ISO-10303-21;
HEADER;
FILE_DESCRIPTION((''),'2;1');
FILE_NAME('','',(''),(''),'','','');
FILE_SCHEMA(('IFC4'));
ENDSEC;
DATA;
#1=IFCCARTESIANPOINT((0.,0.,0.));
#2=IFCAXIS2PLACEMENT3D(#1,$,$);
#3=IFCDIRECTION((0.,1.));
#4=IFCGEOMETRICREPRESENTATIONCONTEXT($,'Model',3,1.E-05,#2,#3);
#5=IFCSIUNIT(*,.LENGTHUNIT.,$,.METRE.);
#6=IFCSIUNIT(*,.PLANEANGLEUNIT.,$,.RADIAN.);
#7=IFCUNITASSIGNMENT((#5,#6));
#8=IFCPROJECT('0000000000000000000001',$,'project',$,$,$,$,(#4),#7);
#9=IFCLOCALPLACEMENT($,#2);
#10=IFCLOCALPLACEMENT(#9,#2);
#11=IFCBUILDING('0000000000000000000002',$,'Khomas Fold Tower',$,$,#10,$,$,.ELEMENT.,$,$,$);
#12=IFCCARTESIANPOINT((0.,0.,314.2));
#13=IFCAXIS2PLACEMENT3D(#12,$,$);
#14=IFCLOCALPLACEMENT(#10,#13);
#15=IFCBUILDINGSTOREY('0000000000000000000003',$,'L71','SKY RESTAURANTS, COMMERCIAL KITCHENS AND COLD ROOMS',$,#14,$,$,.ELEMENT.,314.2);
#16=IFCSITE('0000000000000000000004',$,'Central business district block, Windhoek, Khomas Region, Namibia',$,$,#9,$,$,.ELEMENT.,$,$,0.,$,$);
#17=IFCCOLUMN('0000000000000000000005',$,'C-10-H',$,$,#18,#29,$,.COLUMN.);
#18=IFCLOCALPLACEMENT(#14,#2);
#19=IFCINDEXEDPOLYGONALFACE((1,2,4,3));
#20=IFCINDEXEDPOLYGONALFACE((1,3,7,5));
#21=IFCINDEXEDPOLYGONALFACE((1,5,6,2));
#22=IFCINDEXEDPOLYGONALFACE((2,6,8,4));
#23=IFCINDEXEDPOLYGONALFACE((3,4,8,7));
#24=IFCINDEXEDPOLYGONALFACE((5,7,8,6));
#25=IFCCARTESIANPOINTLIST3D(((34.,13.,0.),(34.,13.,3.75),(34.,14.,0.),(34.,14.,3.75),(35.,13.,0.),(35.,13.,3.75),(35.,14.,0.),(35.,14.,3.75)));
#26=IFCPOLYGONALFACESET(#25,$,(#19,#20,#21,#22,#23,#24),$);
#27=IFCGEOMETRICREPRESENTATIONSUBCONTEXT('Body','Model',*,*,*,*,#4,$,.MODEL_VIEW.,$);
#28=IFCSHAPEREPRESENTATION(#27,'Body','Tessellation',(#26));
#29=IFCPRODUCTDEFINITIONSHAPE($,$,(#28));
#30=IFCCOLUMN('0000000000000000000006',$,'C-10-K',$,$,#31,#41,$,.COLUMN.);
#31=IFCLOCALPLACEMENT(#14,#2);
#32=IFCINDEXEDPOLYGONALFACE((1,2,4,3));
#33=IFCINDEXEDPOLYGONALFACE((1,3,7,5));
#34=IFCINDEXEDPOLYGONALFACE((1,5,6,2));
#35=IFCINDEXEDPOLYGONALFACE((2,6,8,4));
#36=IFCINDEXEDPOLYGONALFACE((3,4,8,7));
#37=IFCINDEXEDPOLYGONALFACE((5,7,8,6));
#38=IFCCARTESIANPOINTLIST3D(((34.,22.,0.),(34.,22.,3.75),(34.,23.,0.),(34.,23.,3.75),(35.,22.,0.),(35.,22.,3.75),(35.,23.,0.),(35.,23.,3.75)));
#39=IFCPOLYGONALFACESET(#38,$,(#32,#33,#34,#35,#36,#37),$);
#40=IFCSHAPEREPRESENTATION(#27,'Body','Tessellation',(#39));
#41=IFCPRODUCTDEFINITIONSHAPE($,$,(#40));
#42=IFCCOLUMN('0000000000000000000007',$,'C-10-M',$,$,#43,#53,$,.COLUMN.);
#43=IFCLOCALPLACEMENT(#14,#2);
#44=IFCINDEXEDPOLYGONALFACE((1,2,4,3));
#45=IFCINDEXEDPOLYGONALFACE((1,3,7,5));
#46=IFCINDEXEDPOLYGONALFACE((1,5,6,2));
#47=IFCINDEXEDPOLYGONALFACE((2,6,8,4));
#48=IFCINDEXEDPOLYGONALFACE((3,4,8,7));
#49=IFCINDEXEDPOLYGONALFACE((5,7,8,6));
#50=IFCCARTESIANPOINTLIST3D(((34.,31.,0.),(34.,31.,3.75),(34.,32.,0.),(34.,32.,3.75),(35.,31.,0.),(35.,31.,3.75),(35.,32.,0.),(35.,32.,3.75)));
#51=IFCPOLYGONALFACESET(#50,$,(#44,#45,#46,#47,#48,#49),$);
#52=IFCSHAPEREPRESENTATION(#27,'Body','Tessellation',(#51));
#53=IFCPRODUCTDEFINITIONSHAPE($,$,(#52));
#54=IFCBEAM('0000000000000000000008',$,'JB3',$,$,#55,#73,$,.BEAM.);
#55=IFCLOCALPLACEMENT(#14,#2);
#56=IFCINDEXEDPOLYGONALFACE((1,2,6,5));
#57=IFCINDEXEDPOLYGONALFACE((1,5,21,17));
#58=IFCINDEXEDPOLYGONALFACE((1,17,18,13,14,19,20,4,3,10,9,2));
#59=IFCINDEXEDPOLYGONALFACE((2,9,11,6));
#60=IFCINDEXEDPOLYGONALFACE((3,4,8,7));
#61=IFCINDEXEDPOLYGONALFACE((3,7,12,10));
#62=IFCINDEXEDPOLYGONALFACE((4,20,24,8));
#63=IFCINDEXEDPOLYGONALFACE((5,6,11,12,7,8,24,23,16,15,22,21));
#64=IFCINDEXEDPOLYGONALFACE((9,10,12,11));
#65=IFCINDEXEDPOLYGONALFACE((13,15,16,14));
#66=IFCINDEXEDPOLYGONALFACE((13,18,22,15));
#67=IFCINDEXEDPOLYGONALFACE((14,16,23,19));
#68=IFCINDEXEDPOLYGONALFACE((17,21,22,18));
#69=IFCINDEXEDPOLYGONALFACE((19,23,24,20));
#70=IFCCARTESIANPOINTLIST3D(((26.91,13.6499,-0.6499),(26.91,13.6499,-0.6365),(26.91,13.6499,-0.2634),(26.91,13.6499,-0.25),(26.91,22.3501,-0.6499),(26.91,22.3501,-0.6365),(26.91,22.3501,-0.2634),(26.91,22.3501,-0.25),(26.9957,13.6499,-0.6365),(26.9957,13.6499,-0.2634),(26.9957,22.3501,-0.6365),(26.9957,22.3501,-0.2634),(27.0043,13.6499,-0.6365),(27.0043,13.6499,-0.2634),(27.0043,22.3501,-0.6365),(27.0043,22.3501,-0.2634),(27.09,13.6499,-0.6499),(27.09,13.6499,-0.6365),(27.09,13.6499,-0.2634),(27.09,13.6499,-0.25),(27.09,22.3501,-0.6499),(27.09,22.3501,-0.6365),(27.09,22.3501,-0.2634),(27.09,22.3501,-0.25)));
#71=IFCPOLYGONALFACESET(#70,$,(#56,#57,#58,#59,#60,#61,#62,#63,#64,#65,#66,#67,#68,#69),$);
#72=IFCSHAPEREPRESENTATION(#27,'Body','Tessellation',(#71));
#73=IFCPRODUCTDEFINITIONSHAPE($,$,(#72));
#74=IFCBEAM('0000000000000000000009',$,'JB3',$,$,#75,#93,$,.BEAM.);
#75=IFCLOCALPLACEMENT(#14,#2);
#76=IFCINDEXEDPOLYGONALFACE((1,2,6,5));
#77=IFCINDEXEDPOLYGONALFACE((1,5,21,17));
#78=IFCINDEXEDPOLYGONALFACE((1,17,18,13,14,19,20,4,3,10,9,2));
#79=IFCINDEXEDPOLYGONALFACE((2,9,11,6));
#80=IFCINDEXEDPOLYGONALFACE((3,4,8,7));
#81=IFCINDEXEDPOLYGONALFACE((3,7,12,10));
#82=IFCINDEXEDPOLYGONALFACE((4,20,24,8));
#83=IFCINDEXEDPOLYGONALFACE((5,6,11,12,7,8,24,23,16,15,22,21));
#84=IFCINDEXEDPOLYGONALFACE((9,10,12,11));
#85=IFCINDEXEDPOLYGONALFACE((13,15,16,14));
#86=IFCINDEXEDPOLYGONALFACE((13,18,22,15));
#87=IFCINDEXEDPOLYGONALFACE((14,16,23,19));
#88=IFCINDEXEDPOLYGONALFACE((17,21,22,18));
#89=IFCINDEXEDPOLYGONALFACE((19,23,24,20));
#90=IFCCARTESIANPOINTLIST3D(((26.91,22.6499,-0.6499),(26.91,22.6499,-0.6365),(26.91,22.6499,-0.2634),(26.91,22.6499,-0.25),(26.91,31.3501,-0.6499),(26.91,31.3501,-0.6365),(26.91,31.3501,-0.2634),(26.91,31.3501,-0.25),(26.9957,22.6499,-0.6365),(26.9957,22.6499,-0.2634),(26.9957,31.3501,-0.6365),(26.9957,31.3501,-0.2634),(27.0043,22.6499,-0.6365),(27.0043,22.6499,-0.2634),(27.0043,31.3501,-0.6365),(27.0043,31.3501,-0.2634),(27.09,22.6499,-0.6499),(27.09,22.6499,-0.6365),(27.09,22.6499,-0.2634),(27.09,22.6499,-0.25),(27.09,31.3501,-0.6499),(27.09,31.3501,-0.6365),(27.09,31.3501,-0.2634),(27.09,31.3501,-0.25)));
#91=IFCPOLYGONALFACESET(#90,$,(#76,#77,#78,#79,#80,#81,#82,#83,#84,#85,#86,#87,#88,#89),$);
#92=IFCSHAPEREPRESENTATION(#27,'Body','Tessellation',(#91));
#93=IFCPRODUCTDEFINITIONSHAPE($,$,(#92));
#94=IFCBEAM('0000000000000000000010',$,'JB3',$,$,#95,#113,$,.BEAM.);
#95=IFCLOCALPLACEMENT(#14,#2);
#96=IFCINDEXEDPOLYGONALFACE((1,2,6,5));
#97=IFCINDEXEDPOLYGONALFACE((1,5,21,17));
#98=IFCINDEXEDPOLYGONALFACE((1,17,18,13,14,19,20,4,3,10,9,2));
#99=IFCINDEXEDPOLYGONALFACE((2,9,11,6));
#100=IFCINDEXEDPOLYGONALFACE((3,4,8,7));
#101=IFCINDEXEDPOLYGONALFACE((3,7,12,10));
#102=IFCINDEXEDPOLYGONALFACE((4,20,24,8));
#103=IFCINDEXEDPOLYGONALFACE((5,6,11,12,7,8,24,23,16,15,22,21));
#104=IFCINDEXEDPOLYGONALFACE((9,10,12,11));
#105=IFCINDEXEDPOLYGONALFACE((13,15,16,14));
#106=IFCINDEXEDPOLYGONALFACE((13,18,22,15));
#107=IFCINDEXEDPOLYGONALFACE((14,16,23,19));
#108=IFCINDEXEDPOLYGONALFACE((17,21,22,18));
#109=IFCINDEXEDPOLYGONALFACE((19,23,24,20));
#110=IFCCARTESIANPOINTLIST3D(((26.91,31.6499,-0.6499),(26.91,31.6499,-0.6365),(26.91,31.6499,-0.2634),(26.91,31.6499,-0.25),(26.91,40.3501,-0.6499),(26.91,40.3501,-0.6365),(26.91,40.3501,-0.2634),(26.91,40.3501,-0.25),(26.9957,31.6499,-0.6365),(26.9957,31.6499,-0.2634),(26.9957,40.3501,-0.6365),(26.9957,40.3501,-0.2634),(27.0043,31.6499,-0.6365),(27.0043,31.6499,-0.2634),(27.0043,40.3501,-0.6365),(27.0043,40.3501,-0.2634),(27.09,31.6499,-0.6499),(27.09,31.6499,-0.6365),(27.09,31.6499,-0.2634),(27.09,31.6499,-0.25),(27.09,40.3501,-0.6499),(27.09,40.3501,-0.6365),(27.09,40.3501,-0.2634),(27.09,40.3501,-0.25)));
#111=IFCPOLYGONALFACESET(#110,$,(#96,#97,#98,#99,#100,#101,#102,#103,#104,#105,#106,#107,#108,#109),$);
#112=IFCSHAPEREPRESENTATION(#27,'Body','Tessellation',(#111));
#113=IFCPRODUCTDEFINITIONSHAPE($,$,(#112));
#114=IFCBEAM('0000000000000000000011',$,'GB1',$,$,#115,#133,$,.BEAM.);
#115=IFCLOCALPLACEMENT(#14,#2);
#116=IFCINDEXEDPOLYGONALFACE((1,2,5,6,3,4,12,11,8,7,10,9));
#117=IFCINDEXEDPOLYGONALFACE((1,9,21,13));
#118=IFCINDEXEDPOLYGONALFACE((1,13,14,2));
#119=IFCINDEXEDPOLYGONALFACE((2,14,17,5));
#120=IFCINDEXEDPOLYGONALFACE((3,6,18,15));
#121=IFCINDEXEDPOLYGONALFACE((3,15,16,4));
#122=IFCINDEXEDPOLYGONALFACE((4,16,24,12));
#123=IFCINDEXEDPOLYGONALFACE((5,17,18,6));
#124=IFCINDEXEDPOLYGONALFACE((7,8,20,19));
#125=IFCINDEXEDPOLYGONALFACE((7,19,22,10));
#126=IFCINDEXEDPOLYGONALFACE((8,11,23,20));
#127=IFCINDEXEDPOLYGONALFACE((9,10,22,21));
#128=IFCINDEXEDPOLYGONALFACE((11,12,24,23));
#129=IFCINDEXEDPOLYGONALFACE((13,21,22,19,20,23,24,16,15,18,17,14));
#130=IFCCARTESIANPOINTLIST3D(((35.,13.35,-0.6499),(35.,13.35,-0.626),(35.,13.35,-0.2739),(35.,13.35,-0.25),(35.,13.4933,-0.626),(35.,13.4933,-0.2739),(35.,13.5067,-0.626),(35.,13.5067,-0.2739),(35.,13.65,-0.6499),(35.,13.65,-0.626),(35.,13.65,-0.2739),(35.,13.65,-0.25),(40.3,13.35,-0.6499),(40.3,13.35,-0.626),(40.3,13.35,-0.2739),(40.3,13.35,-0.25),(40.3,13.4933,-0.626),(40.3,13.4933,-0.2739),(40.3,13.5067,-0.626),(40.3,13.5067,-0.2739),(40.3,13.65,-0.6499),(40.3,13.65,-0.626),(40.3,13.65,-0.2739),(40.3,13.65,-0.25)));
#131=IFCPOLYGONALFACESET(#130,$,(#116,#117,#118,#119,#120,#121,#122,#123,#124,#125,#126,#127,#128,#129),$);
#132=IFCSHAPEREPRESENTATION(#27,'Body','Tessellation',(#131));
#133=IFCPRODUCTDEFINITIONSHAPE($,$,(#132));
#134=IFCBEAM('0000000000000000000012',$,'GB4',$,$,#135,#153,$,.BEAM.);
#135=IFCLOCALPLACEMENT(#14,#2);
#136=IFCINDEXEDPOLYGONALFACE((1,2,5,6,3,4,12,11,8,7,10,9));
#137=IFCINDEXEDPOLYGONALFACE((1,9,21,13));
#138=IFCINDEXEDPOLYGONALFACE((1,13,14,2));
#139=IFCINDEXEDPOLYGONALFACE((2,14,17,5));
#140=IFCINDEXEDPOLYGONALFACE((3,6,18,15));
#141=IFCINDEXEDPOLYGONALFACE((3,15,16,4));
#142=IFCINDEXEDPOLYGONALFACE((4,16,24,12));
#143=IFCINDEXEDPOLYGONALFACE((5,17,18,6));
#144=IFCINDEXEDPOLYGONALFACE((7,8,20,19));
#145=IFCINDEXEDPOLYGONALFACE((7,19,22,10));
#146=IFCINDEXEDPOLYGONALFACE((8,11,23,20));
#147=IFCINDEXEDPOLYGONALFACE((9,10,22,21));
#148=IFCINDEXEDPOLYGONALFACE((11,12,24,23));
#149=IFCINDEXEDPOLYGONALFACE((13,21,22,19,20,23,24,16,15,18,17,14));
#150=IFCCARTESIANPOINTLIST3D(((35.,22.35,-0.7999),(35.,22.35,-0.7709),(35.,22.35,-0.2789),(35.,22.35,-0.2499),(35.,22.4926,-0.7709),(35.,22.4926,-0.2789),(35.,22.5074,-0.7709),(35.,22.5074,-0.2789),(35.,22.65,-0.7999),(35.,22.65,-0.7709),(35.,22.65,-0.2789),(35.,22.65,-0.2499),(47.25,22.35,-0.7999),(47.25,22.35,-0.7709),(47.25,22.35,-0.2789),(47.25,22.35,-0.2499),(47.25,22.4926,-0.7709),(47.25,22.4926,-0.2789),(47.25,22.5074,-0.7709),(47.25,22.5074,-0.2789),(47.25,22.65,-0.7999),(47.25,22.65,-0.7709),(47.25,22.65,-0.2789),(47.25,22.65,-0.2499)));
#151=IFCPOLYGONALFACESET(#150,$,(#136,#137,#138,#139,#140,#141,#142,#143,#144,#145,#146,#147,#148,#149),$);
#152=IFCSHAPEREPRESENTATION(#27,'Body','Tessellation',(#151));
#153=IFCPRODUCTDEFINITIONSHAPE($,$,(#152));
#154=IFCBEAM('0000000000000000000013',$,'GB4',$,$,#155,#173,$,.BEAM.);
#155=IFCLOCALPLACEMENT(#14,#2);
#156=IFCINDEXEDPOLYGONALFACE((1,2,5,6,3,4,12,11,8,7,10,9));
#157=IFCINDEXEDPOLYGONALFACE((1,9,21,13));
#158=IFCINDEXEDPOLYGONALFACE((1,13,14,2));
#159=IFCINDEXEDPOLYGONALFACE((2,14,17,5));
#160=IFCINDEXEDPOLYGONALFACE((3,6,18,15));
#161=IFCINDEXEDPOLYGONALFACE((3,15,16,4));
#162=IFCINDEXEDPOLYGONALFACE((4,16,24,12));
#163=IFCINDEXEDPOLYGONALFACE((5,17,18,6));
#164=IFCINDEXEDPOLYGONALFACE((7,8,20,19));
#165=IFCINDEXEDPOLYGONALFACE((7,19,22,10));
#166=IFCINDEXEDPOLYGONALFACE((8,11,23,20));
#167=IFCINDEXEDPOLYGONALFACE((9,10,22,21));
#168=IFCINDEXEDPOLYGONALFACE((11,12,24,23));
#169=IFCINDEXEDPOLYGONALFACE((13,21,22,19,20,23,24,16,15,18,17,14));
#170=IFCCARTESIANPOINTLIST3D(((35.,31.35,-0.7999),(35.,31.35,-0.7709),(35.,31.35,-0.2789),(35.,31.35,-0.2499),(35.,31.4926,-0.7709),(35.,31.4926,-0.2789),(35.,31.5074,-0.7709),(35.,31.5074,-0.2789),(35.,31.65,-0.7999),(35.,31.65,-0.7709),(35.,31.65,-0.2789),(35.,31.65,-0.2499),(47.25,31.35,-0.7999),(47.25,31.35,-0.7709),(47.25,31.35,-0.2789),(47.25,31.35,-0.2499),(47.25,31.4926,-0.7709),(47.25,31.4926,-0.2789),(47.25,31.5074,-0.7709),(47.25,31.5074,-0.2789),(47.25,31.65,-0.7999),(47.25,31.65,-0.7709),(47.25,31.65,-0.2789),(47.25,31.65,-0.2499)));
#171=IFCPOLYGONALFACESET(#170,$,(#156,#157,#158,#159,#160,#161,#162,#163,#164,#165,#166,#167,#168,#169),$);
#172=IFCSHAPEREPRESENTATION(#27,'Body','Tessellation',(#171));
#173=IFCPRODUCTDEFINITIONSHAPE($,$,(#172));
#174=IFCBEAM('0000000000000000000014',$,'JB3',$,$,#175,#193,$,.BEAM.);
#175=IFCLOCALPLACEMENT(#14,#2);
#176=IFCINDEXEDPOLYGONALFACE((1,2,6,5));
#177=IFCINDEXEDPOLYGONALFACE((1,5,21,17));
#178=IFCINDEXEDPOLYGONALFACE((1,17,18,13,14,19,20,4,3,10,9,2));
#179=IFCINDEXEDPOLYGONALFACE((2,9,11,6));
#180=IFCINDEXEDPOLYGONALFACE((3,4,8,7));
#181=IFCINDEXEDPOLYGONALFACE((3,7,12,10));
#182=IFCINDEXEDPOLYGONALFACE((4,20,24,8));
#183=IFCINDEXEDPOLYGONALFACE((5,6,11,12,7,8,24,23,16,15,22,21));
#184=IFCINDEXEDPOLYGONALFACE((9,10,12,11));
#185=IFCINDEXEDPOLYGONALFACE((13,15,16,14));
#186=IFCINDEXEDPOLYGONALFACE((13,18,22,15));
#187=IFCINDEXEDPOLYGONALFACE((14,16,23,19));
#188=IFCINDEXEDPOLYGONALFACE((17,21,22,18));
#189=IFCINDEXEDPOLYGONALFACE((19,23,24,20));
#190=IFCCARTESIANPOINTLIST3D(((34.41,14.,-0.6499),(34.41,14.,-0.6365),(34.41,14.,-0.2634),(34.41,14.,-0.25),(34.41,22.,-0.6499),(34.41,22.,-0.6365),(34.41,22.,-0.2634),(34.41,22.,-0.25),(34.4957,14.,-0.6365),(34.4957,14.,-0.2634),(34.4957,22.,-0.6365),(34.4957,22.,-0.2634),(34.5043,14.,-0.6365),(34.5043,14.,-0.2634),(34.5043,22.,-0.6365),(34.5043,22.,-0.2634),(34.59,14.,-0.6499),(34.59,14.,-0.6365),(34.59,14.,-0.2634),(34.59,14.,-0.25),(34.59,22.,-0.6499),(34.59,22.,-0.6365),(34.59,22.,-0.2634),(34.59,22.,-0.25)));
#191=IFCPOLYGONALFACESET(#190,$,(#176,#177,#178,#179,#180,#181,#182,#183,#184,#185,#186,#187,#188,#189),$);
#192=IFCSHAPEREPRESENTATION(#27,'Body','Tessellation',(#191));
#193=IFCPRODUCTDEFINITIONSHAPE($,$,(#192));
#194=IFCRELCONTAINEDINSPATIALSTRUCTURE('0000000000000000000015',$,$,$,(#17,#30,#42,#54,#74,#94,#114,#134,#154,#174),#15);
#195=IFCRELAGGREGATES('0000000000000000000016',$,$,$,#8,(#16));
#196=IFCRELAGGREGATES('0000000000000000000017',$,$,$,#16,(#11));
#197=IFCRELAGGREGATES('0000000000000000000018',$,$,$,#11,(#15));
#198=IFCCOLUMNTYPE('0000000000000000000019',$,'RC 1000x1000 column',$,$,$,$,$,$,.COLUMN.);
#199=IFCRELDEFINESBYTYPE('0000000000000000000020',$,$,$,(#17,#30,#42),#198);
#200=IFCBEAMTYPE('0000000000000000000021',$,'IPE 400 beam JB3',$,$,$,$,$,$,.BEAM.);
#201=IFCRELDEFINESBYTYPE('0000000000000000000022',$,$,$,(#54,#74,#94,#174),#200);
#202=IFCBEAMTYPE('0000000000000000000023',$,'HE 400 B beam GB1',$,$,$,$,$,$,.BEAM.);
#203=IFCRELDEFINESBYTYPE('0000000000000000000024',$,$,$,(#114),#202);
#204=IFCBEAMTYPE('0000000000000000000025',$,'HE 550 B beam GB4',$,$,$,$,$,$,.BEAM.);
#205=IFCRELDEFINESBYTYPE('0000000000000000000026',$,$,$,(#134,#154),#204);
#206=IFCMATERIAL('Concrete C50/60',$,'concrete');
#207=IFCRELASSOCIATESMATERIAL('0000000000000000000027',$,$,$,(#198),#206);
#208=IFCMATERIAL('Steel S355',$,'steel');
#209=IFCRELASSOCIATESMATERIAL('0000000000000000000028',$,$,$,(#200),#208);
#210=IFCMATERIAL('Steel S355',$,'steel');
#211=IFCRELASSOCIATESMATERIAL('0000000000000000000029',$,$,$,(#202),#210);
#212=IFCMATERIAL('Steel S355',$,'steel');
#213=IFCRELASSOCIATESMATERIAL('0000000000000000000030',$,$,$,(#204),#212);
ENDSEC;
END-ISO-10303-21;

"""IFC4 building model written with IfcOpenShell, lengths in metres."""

from ifc_helpers import new_model, si_unit, direction, frame, origin, origin_2d, place, context, subcontext, project, spatial, rectangle, i_section, extrude, source, transform, mapped, material, material_profile, profile_set, type_object, element, save


model = new_model("IFC4")

# Units and contexts
model_context = context("Model", 3, precision=1e-05, world=origin(), true_north=direction((0.0, 1.0)))
body_context = subcontext(model_context, "Body", "Model", "MODEL_VIEW")
ifc_project = project(units=[si_unit("LENGTHUNIT", "METRE"), si_unit("PLANEANGLEUNIT", "RADIAN")], contexts=[model_context])

# Site, building, storey
site_placement = place(None, origin())
site = spatial("IfcSite", under=ifc_project, at=site_placement, Name="Central business district block, Windhoek, Khomas Region, Namibia", CompositionType="ELEMENT", RefElevation=0.0)
building_placement = place(site_placement, origin())
building = spatial("IfcBuilding", under=site, at=building_placement, Name="Khomas Fold Tower", CompositionType="ELEMENT")
storey_placement = place(building_placement, frame((0.0, 0.0, 314.2)))
storey = spatial("IfcBuildingStorey", under=building, at=storey_placement, Name="L71", Description="SKY RESTAURANTS, COMMERCIAL KITCHENS AND COLD ROOMS", CompositionType="ELEMENT", Elevation=314.2)

# Columns
ifc_material_1 = material(Name="Concrete C50/60", Category="concrete")
ifc_material_profile_1 = material_profile(ifc_material_1, rectangle(XDim=1.0, YDim=1.0, at=origin_2d()), Name="RC 1000x1000")
ifc_profile_set_1 = profile_set([ifc_material_profile_1], Name="Concrete C50/60")
column_type = type_object("IfcColumnType", Name="RC 1000x1000 column", PredefinedType="COLUMN", material=ifc_profile_set_1)
shared_shape_1 = source(origin(), body_context, "Body", "SweptSolid", [
    extrude(rectangle(XDim=1.0, YDim=1.0, at=origin_2d()), origin(), (0.0, 0.0, 1.0), 3.75),
])
for number, where, z_axis, x_axis, name in (
    (1, (34.5, 13.5, 0.0), (0.0, 0.0, 1.0), (1.0, 0.0, 0.0), "C-10-H"),
    (2, (34.5, 22.5, 0.0), (0.0, 0.0, 1.0), (1.0, 0.0, 0.0), "C-10-K"),
    (3, (34.5, 31.5, 0.0), (0.0, 0.0, 1.0), (1.0, 0.0, 0.0), "C-10-M"),
):
    element("IfcColumn", number, at=place(storey_placement, frame(where, z_axis=z_axis, x_axis=x_axis)), inside=storey, type_object=column_type, Name=name, PredefinedType="COLUMN", context=body_context, shape_type="MappedRepresentation", body=[
        mapped(shared_shape_1, transform((0.0, 0.0, 0.0))),
    ])

# Beams
ifc_material_2 = material(Name="Steel S355", Category="steel")
ifc_material_profile_2 = material_profile(ifc_material_2, i_section(OverallWidth=0.1799, OverallDepth=0.3999, WebThickness=0.0085, FlangeThickness=0.0134, at=origin_2d()), Name="IPE 400")
ifc_profile_set_2 = profile_set([ifc_material_profile_2], Name="Steel S355")
beam_type_1 = type_object("IfcBeamType", Name="IPE 400 beam JB3", PredefinedType="BEAM", material=ifc_profile_set_2)
shared_shape_2 = source(origin(), body_context, "Body", "SweptSolid", [
    extrude(i_section(OverallWidth=0.1799, OverallDepth=0.3999, WebThickness=0.0085, FlangeThickness=0.0134, at=origin_2d()), origin(), (0.0, 0.0, 1.0), 8.7002),
])
for number, where, z_axis, x_axis, name in (
    (4, (27.0, 13.6499, -0.45), (0.0, 1.0, 0.0), (-1.0, 0.0, 0.0), "JB3"),
    (5, (27.0, 22.6499, -0.45), (0.0, 1.0, 0.0), (-1.0, 0.0, 0.0), "JB3"),
    (6, (27.0, 31.6499, -0.45), (0.0, 1.0, 0.0), (-1.0, 0.0, 0.0), "JB3"),
):
    element("IfcBeam", number, at=place(storey_placement, frame(where, z_axis=z_axis, x_axis=x_axis)), inside=storey, type_object=beam_type_1, Name=name, PredefinedType="BEAM", context=body_context, shape_type="MappedRepresentation", body=[
        mapped(shared_shape_2, transform((0.0, 0.0, 0.0))),
    ])
ifc_material_3 = material(Name="Steel S355", Category="steel")
ifc_material_profile_3 = material_profile(ifc_material_3, i_section(OverallWidth=0.3, OverallDepth=0.3999, WebThickness=0.0134, FlangeThickness=0.0239, at=origin_2d()), Name="HE 400 B")
ifc_profile_set_3 = profile_set([ifc_material_profile_3], Name="Steel S355")
beam_type_2 = type_object("IfcBeamType", Name="HE 400 B beam GB1", PredefinedType="BEAM", material=ifc_profile_set_3)
shared_shape_3 = source(origin(), body_context, "Body", "SweptSolid", [
    extrude(i_section(OverallWidth=0.3, OverallDepth=0.3999, WebThickness=0.0134, FlangeThickness=0.0239, at=origin_2d()), origin(), (0.0, 0.0, 1.0), 5.3),
])
beam_placement = place(storey_placement, frame((35.0, 13.5, -0.45), z_axis=(1.0, 0.0, 0.0), x_axis=(0.0, 1.0, 0.0)))
element("IfcBeam", 7, at=beam_placement, inside=storey, type_object=beam_type_2, Name="GB1", PredefinedType="BEAM", context=body_context, shape_type="MappedRepresentation", body=[
    mapped(shared_shape_3, transform((0.0, 0.0, 0.0))),
])
ifc_material_4 = material(Name="Steel S355", Category="steel")
ifc_material_profile_4 = material_profile(ifc_material_4, i_section(OverallWidth=0.3, OverallDepth=0.55, WebThickness=0.0149, FlangeThickness=0.0291, at=origin_2d()), Name="HE 550 B")
ifc_profile_set_4 = profile_set([ifc_material_profile_4], Name="Steel S355")
beam_type_3 = type_object("IfcBeamType", Name="HE 550 B beam GB4", PredefinedType="BEAM", material=ifc_profile_set_4)
shared_shape_4 = source(origin(), body_context, "Body", "SweptSolid", [
    extrude(i_section(OverallWidth=0.3, OverallDepth=0.55, WebThickness=0.0149, FlangeThickness=0.0291, at=origin_2d()), origin(), (0.0, 0.0, 1.0), 12.25),
])
for number, where, z_axis, x_axis, name in (
    (8, (35.0, 22.5, -0.5249), (1.0, 0.0, 0.0), (0.0, 1.0, 0.0), "GB4"),
    (9, (35.0, 31.5, -0.5249), (1.0, 0.0, 0.0), (0.0, 1.0, 0.0), "GB4"),
):
    element("IfcBeam", number, at=place(storey_placement, frame(where, z_axis=z_axis, x_axis=x_axis)), inside=storey, type_object=beam_type_3, Name=name, PredefinedType="BEAM", context=body_context, shape_type="MappedRepresentation", body=[
        mapped(shared_shape_4, transform((0.0, 0.0, 0.0))),
    ])
shared_shape_5 = source(origin(), body_context, "Body", "SweptSolid", [
    extrude(i_section(OverallWidth=0.1799, OverallDepth=0.3999, WebThickness=0.0085, FlangeThickness=0.0134, at=origin_2d()), origin(), (0.0, 0.0, 1.0), 8.0),
])
for number, where, z_axis, x_axis, name in (
    (10, (34.5, 14.0, -0.45), (0.0, 1.0, 0.0), (-1.0, 0.0, 0.0), "JB3"),
):
    element("IfcBeam", number, at=place(storey_placement, frame(where, z_axis=z_axis, x_axis=x_axis)), inside=storey, type_object=beam_type_1, Name=name, PredefinedType="BEAM", context=body_context, shape_type="MappedRepresentation", body=[
        mapped(shared_shape_5, transform((0.0, 0.0, 0.0))),
    ])

save(model, "model.ifc")
